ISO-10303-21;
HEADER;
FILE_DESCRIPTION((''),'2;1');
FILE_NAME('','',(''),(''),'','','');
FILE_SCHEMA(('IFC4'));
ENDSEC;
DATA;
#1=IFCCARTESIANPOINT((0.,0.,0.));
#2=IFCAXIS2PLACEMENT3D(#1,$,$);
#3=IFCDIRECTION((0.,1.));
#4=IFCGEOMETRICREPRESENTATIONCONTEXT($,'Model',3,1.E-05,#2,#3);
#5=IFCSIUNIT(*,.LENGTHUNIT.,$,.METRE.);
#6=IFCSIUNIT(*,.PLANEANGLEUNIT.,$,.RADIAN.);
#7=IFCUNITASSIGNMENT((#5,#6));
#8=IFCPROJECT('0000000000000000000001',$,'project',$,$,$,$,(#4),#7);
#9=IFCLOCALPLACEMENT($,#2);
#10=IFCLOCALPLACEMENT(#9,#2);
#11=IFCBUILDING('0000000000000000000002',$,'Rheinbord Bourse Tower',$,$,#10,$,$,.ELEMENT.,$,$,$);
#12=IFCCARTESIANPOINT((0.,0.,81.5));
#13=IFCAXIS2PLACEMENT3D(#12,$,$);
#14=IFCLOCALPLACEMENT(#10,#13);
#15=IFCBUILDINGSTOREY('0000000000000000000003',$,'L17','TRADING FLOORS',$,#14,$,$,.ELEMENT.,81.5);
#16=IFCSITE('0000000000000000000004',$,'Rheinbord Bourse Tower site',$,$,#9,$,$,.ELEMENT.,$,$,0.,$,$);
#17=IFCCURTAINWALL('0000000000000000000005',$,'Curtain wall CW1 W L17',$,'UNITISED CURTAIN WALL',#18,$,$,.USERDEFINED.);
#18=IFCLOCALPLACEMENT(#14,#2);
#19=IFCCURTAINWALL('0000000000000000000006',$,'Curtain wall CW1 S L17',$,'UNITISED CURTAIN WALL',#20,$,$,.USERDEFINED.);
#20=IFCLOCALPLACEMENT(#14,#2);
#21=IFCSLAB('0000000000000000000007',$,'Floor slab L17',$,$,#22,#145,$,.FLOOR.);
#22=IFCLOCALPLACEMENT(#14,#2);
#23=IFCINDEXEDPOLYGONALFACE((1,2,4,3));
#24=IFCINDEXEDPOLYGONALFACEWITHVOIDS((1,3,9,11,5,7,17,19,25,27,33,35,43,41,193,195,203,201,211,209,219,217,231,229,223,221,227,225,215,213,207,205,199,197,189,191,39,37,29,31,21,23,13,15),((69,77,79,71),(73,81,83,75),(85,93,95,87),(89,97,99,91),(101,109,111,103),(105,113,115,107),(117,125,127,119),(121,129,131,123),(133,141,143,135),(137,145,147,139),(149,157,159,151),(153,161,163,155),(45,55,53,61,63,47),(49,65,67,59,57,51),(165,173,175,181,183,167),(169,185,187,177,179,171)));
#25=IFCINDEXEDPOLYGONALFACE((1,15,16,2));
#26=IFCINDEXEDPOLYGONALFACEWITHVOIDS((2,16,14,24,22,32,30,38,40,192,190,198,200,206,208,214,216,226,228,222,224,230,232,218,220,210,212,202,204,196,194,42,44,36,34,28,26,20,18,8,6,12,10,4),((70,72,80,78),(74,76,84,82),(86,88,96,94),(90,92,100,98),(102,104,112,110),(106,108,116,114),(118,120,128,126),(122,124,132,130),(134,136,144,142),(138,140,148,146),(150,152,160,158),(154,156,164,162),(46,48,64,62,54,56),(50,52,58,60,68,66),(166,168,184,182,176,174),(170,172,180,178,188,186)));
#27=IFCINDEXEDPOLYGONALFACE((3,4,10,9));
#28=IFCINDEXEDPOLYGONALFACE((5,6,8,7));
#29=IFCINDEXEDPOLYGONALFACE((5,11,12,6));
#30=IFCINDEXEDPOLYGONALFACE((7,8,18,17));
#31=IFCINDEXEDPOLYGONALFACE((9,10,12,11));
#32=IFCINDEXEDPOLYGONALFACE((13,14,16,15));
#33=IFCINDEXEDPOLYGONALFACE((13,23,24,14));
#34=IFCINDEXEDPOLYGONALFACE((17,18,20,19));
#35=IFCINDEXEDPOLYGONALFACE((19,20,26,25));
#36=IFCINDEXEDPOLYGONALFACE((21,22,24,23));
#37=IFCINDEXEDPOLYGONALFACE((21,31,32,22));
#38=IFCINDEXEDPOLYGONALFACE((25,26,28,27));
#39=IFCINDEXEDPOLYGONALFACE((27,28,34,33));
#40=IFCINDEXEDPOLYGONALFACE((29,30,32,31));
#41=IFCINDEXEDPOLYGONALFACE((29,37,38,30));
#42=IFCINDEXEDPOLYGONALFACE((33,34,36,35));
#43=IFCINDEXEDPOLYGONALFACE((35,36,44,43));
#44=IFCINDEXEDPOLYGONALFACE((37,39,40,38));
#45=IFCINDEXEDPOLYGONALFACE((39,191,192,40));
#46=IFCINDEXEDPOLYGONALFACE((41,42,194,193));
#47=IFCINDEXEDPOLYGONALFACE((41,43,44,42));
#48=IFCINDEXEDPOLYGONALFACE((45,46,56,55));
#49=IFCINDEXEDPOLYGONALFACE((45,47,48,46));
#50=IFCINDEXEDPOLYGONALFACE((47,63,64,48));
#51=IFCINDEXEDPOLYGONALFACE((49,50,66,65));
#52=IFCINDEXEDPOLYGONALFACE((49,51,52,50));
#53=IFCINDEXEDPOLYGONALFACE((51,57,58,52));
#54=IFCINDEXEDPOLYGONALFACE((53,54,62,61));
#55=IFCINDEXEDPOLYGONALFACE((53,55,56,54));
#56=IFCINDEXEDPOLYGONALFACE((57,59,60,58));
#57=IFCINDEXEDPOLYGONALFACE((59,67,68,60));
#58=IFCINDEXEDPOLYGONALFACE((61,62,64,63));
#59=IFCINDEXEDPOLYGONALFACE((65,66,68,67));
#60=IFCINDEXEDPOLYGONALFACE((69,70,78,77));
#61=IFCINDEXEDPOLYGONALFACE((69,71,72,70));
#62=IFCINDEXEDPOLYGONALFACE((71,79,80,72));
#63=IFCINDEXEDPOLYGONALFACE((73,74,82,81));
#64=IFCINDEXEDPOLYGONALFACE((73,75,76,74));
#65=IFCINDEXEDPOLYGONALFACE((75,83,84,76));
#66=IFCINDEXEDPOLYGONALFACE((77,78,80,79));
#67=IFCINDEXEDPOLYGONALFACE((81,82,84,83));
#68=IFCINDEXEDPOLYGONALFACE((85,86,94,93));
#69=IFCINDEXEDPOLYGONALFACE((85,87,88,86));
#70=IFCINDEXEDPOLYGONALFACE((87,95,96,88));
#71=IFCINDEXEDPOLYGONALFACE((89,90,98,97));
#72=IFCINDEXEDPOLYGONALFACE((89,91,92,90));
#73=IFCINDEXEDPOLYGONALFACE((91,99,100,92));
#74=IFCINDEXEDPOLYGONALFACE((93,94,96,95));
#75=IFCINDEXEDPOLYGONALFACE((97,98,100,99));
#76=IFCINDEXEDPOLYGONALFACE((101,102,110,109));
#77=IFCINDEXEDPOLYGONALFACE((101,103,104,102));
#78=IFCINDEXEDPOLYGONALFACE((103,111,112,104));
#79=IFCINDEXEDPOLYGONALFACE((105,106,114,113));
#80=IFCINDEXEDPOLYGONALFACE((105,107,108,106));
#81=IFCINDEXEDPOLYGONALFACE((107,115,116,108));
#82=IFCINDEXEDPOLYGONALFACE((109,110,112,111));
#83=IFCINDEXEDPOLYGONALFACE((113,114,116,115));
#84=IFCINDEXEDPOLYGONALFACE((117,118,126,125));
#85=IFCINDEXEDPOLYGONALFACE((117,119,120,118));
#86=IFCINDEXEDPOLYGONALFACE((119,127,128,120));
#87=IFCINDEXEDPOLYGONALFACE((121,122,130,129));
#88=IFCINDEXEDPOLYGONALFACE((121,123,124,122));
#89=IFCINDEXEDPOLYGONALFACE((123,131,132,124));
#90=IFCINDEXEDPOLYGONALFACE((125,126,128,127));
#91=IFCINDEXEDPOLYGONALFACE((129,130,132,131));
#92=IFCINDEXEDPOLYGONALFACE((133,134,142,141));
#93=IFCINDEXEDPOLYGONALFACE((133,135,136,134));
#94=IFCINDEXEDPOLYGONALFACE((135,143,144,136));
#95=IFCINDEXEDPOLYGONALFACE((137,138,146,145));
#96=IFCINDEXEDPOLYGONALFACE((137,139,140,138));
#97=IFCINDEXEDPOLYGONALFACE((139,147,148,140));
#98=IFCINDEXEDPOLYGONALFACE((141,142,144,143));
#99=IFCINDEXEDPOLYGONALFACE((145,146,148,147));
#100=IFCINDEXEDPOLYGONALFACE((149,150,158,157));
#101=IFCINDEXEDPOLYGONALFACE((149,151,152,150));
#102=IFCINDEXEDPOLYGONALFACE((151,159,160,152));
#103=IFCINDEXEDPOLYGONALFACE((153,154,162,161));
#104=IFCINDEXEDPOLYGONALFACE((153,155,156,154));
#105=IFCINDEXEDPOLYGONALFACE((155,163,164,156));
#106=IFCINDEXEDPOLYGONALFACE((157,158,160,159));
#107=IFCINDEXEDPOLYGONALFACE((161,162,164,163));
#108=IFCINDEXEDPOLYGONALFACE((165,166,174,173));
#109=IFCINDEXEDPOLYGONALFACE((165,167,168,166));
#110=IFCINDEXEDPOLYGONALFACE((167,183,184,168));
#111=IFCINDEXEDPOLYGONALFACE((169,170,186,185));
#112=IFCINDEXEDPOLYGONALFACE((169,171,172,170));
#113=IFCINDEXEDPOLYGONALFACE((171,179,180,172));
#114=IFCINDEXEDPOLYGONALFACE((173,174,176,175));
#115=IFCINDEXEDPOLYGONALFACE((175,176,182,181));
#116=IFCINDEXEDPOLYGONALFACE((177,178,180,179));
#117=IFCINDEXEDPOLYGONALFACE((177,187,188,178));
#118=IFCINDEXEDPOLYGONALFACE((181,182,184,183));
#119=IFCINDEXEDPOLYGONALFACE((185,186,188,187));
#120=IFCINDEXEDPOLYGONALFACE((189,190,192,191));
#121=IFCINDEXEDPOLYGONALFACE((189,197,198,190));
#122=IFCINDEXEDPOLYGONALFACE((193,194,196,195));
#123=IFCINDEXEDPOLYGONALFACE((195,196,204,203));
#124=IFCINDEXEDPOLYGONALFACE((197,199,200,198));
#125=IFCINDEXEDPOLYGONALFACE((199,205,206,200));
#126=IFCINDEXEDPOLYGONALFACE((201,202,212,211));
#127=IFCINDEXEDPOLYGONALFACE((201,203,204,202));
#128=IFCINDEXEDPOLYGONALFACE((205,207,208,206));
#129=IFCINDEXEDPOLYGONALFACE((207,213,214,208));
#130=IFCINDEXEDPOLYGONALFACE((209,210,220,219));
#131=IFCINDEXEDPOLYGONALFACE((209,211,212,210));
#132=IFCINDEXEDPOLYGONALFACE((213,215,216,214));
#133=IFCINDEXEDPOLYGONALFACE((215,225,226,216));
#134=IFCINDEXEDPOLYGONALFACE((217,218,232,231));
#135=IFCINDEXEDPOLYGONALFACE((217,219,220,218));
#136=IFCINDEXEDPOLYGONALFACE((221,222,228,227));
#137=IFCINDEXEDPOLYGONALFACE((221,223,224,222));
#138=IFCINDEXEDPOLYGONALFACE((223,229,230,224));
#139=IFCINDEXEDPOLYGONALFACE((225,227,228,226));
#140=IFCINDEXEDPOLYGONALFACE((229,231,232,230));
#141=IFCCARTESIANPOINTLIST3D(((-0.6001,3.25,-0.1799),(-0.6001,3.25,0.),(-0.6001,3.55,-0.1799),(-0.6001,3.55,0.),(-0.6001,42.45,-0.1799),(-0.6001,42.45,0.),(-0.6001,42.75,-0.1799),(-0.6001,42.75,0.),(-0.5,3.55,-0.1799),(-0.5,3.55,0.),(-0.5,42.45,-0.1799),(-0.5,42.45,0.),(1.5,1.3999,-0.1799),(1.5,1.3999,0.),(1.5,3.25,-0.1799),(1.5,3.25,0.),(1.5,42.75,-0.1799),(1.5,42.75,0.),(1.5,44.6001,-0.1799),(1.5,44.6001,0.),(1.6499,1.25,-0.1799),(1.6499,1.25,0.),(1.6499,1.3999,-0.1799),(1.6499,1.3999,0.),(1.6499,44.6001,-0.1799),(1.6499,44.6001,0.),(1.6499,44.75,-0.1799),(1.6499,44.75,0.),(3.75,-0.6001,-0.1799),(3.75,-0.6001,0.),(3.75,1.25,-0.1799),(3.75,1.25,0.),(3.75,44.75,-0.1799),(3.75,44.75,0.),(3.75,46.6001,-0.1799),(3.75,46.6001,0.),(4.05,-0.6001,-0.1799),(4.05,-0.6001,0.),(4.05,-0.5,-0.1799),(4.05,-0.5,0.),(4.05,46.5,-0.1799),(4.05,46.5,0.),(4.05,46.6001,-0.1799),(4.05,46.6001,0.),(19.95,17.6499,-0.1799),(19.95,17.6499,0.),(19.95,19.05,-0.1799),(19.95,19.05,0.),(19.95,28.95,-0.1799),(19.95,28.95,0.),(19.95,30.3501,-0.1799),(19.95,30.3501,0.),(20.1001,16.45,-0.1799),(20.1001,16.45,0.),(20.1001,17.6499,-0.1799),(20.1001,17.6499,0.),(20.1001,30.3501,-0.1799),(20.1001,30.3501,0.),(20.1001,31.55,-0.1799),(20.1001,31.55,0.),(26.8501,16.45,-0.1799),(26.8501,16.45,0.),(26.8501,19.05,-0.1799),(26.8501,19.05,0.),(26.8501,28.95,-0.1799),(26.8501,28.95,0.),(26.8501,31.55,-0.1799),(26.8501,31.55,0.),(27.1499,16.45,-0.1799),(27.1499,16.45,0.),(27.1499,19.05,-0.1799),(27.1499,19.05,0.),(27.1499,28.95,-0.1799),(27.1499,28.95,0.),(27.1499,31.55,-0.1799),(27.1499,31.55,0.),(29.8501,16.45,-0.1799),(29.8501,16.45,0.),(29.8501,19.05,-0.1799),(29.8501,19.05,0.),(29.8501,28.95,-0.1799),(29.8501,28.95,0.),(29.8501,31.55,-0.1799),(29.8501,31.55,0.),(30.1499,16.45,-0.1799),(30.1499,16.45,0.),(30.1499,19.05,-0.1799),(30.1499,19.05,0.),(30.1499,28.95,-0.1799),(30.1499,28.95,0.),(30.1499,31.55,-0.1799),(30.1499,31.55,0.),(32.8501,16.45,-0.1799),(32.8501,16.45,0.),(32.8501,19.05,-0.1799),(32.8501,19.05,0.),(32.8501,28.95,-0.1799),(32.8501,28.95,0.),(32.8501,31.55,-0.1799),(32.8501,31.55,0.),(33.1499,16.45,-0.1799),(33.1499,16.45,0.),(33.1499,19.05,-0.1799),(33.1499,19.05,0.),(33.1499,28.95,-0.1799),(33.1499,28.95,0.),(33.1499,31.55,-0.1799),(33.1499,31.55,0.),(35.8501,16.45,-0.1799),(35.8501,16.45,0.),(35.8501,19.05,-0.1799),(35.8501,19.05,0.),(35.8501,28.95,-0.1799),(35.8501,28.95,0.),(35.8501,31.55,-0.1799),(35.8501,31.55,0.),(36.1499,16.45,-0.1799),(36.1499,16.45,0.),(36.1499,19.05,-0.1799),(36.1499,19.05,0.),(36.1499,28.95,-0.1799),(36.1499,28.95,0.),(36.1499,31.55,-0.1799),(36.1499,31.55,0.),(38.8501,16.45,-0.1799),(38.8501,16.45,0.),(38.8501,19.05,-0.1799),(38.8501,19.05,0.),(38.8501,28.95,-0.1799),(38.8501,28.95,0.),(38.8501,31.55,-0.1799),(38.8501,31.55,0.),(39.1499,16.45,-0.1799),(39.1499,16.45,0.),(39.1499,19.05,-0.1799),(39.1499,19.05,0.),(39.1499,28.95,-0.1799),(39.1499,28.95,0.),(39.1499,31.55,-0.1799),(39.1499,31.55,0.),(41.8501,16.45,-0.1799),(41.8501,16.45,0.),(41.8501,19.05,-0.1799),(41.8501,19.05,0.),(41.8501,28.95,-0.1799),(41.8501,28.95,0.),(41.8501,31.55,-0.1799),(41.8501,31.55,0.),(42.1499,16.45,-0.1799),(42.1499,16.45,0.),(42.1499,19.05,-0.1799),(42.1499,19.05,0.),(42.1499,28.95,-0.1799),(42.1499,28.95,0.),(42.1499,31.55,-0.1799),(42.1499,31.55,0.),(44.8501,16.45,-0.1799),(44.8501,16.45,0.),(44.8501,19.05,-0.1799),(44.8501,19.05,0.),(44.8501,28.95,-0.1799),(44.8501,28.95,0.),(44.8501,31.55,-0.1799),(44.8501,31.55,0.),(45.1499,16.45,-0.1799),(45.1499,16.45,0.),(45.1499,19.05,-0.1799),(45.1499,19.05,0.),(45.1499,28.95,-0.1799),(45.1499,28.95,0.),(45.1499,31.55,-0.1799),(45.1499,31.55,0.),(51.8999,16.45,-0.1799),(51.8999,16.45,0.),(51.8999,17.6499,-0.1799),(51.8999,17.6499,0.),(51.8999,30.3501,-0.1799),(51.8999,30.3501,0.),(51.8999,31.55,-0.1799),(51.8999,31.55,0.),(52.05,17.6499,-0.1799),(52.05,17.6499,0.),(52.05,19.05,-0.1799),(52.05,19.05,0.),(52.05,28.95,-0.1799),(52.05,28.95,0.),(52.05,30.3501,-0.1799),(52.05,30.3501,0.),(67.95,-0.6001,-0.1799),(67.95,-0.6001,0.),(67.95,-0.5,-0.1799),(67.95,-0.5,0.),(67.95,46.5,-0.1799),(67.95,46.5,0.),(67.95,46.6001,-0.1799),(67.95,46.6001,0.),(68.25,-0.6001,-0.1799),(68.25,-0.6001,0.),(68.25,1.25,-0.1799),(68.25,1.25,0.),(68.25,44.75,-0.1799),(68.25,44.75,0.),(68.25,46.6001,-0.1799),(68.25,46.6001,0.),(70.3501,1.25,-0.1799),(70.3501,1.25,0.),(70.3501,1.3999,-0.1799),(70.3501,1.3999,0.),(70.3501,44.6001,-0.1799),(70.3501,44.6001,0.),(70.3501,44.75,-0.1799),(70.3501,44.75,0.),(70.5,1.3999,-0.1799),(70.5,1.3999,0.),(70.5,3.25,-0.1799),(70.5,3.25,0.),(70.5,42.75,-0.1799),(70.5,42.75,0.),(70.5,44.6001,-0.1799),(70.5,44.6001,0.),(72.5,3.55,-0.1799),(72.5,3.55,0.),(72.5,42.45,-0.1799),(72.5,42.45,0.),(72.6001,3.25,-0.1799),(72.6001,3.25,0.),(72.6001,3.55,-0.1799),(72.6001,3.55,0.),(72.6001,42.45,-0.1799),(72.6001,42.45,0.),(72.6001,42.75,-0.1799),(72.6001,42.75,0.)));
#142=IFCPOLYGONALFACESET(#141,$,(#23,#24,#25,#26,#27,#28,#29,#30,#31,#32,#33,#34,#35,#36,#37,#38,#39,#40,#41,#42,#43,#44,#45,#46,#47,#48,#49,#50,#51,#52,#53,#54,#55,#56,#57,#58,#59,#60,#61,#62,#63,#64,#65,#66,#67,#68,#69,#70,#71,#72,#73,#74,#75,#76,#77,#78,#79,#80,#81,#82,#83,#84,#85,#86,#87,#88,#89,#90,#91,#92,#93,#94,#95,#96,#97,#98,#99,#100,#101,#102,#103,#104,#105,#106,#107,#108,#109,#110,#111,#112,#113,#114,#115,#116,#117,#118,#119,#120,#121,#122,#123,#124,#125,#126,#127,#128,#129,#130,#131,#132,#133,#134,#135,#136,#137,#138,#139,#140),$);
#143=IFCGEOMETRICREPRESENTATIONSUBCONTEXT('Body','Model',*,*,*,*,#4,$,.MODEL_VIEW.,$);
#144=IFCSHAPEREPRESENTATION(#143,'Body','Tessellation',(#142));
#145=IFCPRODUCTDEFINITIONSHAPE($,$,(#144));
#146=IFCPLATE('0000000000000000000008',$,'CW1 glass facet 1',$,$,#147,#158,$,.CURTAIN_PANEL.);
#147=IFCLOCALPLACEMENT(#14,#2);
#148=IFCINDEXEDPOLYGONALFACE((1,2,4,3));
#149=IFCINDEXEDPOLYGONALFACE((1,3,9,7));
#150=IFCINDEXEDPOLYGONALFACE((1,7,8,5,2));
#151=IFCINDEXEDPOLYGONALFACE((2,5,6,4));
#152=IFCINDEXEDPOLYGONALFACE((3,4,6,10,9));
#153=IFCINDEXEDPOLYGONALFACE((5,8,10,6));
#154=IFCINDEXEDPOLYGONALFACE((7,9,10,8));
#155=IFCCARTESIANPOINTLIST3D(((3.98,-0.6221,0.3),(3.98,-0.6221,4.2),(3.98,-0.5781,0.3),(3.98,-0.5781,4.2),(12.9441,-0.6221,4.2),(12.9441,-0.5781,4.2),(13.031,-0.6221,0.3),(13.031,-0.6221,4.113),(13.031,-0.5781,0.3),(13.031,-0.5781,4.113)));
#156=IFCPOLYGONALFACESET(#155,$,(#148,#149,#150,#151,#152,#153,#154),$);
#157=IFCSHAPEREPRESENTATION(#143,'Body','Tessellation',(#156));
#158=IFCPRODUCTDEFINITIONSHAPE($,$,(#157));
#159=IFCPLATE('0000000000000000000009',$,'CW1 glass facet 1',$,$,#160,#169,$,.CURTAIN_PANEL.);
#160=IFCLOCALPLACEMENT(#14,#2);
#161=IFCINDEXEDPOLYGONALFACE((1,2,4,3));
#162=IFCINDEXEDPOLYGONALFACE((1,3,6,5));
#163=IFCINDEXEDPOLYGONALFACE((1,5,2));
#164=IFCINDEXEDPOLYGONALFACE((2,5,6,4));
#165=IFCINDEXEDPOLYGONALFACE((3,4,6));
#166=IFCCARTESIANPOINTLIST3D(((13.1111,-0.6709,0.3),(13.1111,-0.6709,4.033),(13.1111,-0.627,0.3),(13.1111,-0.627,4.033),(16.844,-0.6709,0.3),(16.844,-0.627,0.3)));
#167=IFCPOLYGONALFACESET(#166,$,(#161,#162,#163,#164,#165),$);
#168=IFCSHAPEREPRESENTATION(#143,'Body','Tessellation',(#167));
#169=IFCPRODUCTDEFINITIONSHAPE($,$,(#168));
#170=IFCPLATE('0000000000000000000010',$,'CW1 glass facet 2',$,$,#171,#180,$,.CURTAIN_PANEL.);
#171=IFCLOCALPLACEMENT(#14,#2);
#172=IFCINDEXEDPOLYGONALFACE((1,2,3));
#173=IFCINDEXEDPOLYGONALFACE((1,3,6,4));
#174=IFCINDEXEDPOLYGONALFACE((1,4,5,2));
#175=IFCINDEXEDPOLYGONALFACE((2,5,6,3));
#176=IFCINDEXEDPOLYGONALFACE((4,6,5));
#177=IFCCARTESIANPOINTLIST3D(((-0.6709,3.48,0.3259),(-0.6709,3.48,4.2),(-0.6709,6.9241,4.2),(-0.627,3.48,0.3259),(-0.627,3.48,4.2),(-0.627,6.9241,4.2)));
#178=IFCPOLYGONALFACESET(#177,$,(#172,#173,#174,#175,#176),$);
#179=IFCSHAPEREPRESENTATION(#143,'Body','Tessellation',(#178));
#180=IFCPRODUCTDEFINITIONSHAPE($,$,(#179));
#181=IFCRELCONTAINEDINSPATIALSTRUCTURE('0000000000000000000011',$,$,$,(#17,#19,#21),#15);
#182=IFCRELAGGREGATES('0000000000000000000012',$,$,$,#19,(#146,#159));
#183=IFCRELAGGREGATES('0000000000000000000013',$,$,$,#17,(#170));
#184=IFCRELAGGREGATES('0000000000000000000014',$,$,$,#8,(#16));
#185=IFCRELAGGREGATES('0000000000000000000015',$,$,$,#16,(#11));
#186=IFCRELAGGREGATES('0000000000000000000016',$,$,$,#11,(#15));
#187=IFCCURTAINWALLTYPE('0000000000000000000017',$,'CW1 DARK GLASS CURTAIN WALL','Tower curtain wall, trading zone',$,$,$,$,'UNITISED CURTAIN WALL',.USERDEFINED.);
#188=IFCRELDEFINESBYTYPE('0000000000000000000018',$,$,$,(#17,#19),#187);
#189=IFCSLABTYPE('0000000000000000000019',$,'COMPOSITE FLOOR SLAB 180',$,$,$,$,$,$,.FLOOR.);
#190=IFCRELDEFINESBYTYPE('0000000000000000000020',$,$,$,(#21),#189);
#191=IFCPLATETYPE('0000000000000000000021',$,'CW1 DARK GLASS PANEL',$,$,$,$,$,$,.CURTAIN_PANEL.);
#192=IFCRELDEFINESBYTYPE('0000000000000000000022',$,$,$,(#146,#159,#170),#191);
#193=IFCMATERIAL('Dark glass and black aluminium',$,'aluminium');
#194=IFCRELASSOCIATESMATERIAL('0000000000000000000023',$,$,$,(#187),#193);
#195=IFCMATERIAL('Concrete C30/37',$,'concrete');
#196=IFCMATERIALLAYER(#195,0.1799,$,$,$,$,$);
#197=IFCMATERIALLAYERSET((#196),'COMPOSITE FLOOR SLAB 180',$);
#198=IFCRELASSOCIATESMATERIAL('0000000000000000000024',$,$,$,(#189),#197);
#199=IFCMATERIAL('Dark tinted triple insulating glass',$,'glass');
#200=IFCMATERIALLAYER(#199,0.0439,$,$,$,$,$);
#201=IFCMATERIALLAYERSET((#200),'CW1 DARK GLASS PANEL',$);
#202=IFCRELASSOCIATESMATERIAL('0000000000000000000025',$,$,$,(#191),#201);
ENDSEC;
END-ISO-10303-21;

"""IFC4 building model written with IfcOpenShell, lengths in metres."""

from ifc_helpers import new_model, si_unit, direction, frame, origin, place, context, subcontext, project, spatial, polyline, outline, extrude, material, layer, layer_set, type_object, element, aggregate, save


model = new_model("IFC4")

# Units and contexts
model_context = context("Model", 3, precision=1e-05, world=origin(), true_north=direction((0.0, 1.0)))
body_context = subcontext(model_context, "Body", "Model", "MODEL_VIEW")
ifc_project = project(units=[si_unit("LENGTHUNIT", "METRE"), si_unit("PLANEANGLEUNIT", "RADIAN")], contexts=[model_context])

# Site, building, storey
site_placement = place(None, origin())
site = spatial("IfcSite", under=ifc_project, at=site_placement, Name="Rheinbord Bourse Tower site", CompositionType="ELEMENT", RefElevation=0.0)
building_placement = place(site_placement, origin())
building = spatial("IfcBuilding", under=site, at=building_placement, Name="Rheinbord Bourse Tower", CompositionType="ELEMENT")
storey_placement = place(building_placement, frame((0.0, 0.0, 81.5)))
storey = spatial("IfcBuildingStorey", under=building, at=storey_placement, Name="L17", Description="TRADING FLOORS", CompositionType="ELEMENT", Elevation=81.5)

# Curtain wall
ifc_material_1 = material(Name="Dark glass and black aluminium", Category="aluminium")
curtain_wall_type = type_object("IfcCurtainWallType", Name="CW1 DARK GLASS CURTAIN WALL", Description="Tower curtain wall, trading zone", ElementType="UNITISED CURTAIN WALL", PredefinedType="USERDEFINED", material=ifc_material_1)
curtain_wall_1_placement = place(storey_placement, origin())
curtain_wall_1 = element("IfcCurtainWall", 1, at=curtain_wall_1_placement, inside=storey, type_object=curtain_wall_type, Name="Curtain wall CW1 W L17", ObjectType="UNITISED CURTAIN WALL", PredefinedType="USERDEFINED")

# Curtain wall
curtain_wall_2_placement = place(storey_placement, origin())
curtain_wall_2 = element("IfcCurtainWall", 2, at=curtain_wall_2_placement, inside=storey, type_object=curtain_wall_type, Name="Curtain wall CW1 S L17", ObjectType="UNITISED CURTAIN WALL", PredefinedType="USERDEFINED")

# Slab
ifc_material_2 = material(Name="Concrete C30/37", Category="concrete")
ifc_layer_1 = layer(ifc_material_2, 0.1799)
ifc_layer_set_1 = layer_set([ifc_layer_1], Name="COMPOSITE FLOOR SLAB 180")
slab_type_1 = type_object("IfcSlabType", Name="COMPOSITE FLOOR SLAB 180", PredefinedType="FLOOR", material=ifc_layer_set_1)
slab_1_placement = place(storey_placement, frame((0.0, 0.0, -0.1799)))
element("IfcSlab", 3, at=slab_1_placement, inside=storey, type_object=slab_type_1, Name="Floor slab L17", PredefinedType="FLOOR", context=body_context, shape_type="SweptSolid", body=[
    extrude(outline(polyline([(1.6499, 1.3999), (1.5, 1.3999), (1.5, 3.25), (-0.6001, 3.25), (-0.6001, 3.55), (-0.5, 3.55), (-0.5, 42.45), (-0.6001, 42.45), (-0.6001, 42.75), (1.5, 42.75), (1.5, 44.6001), (1.6499, 44.6001), (1.6499, 44.75), (3.75, 44.75), (3.75, 46.6001), (4.05, 46.6001), (4.05, 46.5), (67.95, 46.5), (67.95, 46.6001), (68.25, 46.6001), (68.25, 44.75), (70.3501, 44.75), (70.3501, 44.6001), (70.5, 44.6001), (70.5, 42.75), (72.6001, 42.75), (72.6001, 42.45), (72.5, 42.45), (72.5, 3.55), (72.6001, 3.55), (72.6001, 3.25), (70.5, 3.25), (70.5, 1.3999), (70.3501, 1.3999), (70.3501, 1.25), (68.25, 1.25), (68.25, -0.6001), (67.95, -0.6001), (67.95, -0.5), (4.05, -0.5), (4.05, -0.6001), (3.75, -0.6001), (3.75, 1.25), (1.6499, 1.25), (1.6499, 1.3999)]), holes=[polyline([(19.95, 19.05), (26.8501, 19.05), (26.8501, 16.45), (20.1001, 16.45), (20.1001, 17.6499), (19.95, 17.6499), (19.95, 19.05)]), polyline([(26.8501, 31.55), (26.8501, 28.95), (19.95, 28.95), (19.95, 30.3501), (20.1001, 30.3501), (20.1001, 31.55), (26.8501, 31.55)]), polyline([(45.1499, 16.45), (45.1499, 19.05), (52.05, 19.05), (52.05, 17.6499), (51.8999, 17.6499), (51.8999, 16.45), (45.1499, 16.45)]), polyline([(52.05, 28.95), (45.1499, 28.95), (45.1499, 31.55), (51.8999, 31.55), (51.8999, 30.3501), (52.05, 30.3501), (52.05, 28.95)]), polyline([(27.1499, 16.45), (27.1499, 19.05), (29.8501, 19.05), (29.8501, 16.45), (27.1499, 16.45)]), polyline([(27.1499, 28.95), (27.1499, 31.55), (29.8501, 31.55), (29.8501, 28.95), (27.1499, 28.95)]), polyline([(30.1499, 16.45), (30.1499, 19.05), (32.8501, 19.05), (32.8501, 16.45), (30.1499, 16.45)]), polyline([(30.1499, 28.95), (30.1499, 31.55), (32.8501, 31.55), (32.8501, 28.95), (30.1499, 28.95)]), polyline([(33.1499, 16.45), (33.1499, 19.05), (35.8501, 19.05), (35.8501, 16.45), (33.1499, 16.45)]), polyline([(33.1499, 28.95), (33.1499, 31.55), (35.8501, 31.55), (35.8501, 28.95), (33.1499, 28.95)]), polyline([(36.1499, 16.45), (36.1499, 19.05), (38.8501, 19.05), (38.8501, 16.45), (36.1499, 16.45)]), polyline([(36.1499, 28.95), (36.1499, 31.55), (38.8501, 31.55), (38.8501, 28.95), (36.1499, 28.95)]), polyline([(39.1499, 16.45), (39.1499, 19.05), (41.8501, 19.05), (41.8501, 16.45), (39.1499, 16.45)]), polyline([(39.1499, 28.95), (39.1499, 31.55), (41.8501, 31.55), (41.8501, 28.95), (39.1499, 28.95)]), polyline([(42.1499, 16.45), (42.1499, 19.05), (44.8501, 19.05), (44.8501, 16.45), (42.1499, 16.45)]), polyline([(42.1499, 28.95), (42.1499, 31.55), (44.8501, 31.55), (44.8501, 28.95), (42.1499, 28.95)])]), origin(), (0.0, 0.0, 1.0), 0.1799),
])

# Plates
ifc_material_3 = material(Name="Dark tinted triple insulating glass", Category="glass")
ifc_layer_2 = layer(ifc_material_3, 0.0439)
ifc_layer_set_2 = layer_set([ifc_layer_2], Name="CW1 DARK GLASS PANEL")
plate_type = type_object("IfcPlateType", Name="CW1 DARK GLASS PANEL", PredefinedType="CURTAIN_PANEL", material=ifc_layer_set_2)
plate_1_placement = place(storey_placement, frame((13.031, -0.6221, 0.3), z_axis=(0.0, 1.0, 0.0), x_axis=(-1.0, 0.0, 0.0)))
plate_1 = element("IfcPlate", 4, at=plate_1_placement, type_object=plate_type, Name="CW1 glass facet 1", PredefinedType="CURTAIN_PANEL", context=body_context, shape_type="SweptSolid", body=[
    extrude(outline(polyline([(0.0, 0.0), (9.051, 0.0), (9.051, 3.8999), (0.0869, 3.8999), (0.0, 3.813), (0.0, 0.0)])), origin(), (0.0, 0.0, 1.0), 0.0439),
])
plate_2_placement = place(storey_placement, frame((13.1111, -0.6709, 0.3), z_axis=(0.0, 1.0, 0.0), x_axis=(0.0, 0.0, 1.0)))
plate_2 = element("IfcPlate", 5, at=plate_2_placement, type_object=plate_type, Name="CW1 glass facet 1", PredefinedType="CURTAIN_PANEL", context=body_context, shape_type="SweptSolid", body=[
    extrude(outline(polyline([(0.0, 0.0), (3.7329, 0.0), (0.0, 3.7329), (0.0, 0.0)])), origin(), (0.0, 0.0, 1.0), 0.0439),
])
aggregate(curtain_wall_2, [plate_1, plate_2])
plate_3_placement = place(storey_placement, frame((-0.6709, 3.48, 4.2), z_axis=(1.0, 0.0, 0.0), x_axis=(0.0, 0.0, -1.0)))
plate_3 = element("IfcPlate", 6, at=plate_3_placement, type_object=plate_type, Name="CW1 glass facet 2", PredefinedType="CURTAIN_PANEL", context=body_context, shape_type="SweptSolid", body=[
    extrude(outline(polyline([(0.0, 0.0), (3.874, 0.0), (0.0, 3.4441), (0.0, 0.0)])), origin(), (0.0, 0.0, 1.0), 0.0439),
])
aggregate(curtain_wall_1, [plate_3])

save(model, "model.ifc")
